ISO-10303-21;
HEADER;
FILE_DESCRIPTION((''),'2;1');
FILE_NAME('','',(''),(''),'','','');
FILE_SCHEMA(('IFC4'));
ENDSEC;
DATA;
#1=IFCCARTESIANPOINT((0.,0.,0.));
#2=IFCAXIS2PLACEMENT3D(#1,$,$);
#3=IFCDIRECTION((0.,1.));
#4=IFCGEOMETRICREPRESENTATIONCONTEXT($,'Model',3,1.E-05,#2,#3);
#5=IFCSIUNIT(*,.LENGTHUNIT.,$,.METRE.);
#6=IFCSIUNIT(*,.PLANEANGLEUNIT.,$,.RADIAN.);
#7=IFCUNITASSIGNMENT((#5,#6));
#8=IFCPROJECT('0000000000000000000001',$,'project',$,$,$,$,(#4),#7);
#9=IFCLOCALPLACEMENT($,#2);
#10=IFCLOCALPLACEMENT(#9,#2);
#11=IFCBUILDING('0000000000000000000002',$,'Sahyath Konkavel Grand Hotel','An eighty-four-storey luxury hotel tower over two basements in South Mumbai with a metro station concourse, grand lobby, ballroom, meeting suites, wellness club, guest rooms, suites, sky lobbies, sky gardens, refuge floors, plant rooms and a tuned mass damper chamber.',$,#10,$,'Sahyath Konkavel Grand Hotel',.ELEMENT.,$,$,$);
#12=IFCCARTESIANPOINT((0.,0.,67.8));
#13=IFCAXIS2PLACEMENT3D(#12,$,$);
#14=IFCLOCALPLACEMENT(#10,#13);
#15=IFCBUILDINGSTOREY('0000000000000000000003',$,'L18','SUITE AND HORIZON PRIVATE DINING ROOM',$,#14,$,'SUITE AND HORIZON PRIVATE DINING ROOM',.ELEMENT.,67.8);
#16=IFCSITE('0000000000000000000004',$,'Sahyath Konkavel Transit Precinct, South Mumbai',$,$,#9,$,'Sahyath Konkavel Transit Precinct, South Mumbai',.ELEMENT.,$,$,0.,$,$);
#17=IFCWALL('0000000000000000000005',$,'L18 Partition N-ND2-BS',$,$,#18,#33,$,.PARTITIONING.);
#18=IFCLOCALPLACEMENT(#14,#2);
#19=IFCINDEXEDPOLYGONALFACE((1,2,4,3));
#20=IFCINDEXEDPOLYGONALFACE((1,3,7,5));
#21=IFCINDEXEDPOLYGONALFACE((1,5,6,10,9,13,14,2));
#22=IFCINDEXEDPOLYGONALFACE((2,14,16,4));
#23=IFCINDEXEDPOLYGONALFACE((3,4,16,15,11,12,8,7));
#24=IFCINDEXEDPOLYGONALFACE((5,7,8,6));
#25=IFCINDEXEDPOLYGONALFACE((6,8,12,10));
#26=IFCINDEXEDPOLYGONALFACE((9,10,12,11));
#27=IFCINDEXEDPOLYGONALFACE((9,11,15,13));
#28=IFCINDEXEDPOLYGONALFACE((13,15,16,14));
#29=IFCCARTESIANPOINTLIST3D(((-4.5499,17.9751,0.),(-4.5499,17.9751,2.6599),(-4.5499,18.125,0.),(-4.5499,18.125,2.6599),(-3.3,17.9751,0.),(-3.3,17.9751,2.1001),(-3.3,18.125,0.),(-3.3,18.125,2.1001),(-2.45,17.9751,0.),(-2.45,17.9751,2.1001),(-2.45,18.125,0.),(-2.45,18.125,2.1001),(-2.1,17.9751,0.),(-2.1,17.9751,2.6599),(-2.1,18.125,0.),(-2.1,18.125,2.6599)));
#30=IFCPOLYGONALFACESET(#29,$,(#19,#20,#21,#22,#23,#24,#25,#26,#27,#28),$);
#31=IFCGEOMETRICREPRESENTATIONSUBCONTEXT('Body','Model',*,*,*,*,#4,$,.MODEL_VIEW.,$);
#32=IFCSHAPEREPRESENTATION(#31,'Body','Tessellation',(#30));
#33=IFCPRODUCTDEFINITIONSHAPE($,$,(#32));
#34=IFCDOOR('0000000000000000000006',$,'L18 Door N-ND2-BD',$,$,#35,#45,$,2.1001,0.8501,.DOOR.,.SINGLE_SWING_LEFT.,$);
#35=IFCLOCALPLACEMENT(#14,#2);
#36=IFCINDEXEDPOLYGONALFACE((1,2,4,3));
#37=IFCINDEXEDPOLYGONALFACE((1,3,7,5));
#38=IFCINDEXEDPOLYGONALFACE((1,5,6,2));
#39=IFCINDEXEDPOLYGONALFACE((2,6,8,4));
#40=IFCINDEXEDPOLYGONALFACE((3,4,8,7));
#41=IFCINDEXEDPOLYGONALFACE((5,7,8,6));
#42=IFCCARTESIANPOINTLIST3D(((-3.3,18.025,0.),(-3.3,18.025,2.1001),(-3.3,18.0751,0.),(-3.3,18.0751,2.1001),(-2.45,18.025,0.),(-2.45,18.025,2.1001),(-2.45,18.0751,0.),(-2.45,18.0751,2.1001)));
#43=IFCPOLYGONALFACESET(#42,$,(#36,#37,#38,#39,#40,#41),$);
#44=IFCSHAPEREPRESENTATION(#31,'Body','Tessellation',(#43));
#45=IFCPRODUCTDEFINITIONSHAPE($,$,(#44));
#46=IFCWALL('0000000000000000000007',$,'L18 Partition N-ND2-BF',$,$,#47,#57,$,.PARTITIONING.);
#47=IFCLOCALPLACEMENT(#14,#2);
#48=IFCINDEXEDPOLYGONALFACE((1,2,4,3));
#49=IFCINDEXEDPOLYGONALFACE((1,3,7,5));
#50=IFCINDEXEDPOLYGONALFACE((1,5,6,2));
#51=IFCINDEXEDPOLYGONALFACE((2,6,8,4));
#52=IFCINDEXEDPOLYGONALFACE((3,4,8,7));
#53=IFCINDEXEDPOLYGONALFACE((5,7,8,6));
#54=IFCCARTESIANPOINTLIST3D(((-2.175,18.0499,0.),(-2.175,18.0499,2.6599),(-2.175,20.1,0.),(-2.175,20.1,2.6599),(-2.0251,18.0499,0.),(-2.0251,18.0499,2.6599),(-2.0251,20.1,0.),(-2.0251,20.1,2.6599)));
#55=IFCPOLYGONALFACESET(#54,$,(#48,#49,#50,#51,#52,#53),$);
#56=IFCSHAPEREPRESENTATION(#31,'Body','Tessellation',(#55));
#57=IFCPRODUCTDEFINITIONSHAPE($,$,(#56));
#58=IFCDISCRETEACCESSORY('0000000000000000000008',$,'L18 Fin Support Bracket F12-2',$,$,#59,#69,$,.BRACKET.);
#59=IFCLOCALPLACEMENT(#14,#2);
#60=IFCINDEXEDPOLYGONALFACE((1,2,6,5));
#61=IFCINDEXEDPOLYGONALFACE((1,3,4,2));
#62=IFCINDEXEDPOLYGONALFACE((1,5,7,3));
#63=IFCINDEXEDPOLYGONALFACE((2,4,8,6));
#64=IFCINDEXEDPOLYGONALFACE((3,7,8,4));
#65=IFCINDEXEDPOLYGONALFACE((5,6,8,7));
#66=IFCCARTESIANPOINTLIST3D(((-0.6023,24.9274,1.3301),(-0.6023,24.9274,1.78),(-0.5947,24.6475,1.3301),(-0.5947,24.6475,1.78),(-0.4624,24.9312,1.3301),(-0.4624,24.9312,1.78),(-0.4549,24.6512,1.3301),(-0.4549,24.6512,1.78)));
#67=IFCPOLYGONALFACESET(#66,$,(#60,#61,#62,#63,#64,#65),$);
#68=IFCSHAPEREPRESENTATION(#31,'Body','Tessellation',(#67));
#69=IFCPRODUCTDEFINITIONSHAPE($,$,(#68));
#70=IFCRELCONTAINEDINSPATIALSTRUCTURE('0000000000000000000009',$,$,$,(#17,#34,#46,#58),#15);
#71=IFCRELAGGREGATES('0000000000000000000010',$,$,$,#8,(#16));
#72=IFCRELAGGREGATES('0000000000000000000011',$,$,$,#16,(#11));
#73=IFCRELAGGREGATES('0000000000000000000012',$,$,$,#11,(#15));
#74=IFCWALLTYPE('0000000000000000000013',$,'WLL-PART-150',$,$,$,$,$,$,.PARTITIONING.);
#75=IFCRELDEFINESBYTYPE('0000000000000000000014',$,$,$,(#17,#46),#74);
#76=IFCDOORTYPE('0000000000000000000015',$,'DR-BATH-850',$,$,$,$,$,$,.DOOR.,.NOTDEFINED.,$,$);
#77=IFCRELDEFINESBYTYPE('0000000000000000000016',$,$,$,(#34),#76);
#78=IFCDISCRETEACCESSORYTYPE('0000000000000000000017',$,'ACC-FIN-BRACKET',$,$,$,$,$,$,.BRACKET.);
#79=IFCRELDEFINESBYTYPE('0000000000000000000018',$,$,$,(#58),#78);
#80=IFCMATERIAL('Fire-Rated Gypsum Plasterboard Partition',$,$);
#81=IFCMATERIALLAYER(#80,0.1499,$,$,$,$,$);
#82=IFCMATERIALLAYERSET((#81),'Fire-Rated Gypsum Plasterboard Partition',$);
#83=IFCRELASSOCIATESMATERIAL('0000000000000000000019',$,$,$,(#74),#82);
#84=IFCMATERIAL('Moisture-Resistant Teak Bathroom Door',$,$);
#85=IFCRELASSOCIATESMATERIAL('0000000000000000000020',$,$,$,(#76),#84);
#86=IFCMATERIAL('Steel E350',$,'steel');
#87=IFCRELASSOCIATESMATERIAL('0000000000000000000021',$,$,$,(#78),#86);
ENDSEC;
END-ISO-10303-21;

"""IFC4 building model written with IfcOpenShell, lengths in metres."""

from ifc_helpers import new_model, si_unit, direction, frame, frame_2d, origin, origin_2d, place, context, subcontext, project, spatial, rectangle, extrude, source, transform, mapped, material, layer, layer_set, type_object, element, fill, save


model = new_model("IFC4")

# Units and contexts
model_context = context("Model", 3, precision=1e-05, world=origin(), true_north=direction((0.0, 1.0)))
body_context = subcontext(model_context, "Body", "Model", "MODEL_VIEW")
ifc_project = project(units=[si_unit("LENGTHUNIT", "METRE"), si_unit("PLANEANGLEUNIT", "RADIAN")], contexts=[model_context])

# Site, building, storey
site_placement = place(None, origin())
site = spatial("IfcSite", under=ifc_project, at=site_placement, Name="Sahyath Konkavel Transit Precinct, South Mumbai", LongName="Sahyath Konkavel Transit Precinct, South Mumbai", CompositionType="ELEMENT", RefElevation=0.0)
building_placement = place(site_placement, origin())
building = spatial("IfcBuilding", under=site, at=building_placement, Name="Sahyath Konkavel Grand Hotel", Description="An eighty-four-storey luxury hotel tower over two basements in South Mumbai with a metro station concourse, grand lobby, ballroom, meeting suites, wellness club, guest rooms, suites, sky lobbies, sky gardens, refuge floors, plant rooms and a tuned mass damper chamber.", LongName="Sahyath Konkavel Grand Hotel", CompositionType="ELEMENT")
storey_placement = place(building_placement, frame((0.0, 0.0, 67.8)))
storey = spatial("IfcBuildingStorey", under=building, at=storey_placement, Name="L18", Description="SUITE AND HORIZON PRIVATE DINING ROOM", LongName="SUITE AND HORIZON PRIVATE DINING ROOM", CompositionType="ELEMENT", Elevation=67.8)

# Shared definitions
ifc_material_1 = material(Name="Steel E350", Category="steel")

# Wall, opening, door
ifc_material_2 = material(Name="Fire-Rated Gypsum Plasterboard Partition")
ifc_layer_1 = layer(ifc_material_2, 0.1499)
ifc_layer_set_1 = layer_set([ifc_layer_1], Name="Fire-Rated Gypsum Plasterboard Partition")
wall_type_1 = type_object("IfcWallType", Name="WLL-PART-150", PredefinedType="PARTITIONING", material=ifc_layer_set_1)
wall_1_placement = place(storey_placement, frame((-4.55, 18.05, 0.0), z_axis=(0.0, 0.0, 1.0), x_axis=(1.0, 0.0, 0.0)))
wall_1 = element("IfcWall", 1, at=wall_1_placement, inside=storey, type_object=wall_type_1, Name="L18 Partition N-ND2-BS", PredefinedType="PARTITIONING", context=body_context, shape_type="SweptSolid", body=[
    extrude(rectangle(XDim=2.45, YDim=0.1499, at=frame_2d((1.2251, 0.0))), origin(), (0.0, 0.0, 1.0), 2.6599),
])
opening_placement = place(wall_1_placement, frame((1.25, 0.0, 0.0)))
opening = element("IfcOpeningElement", 2, at=opening_placement, cuts=wall_1, PredefinedType="OPENING", context=body_context, shape_type="SweptSolid", body=[
    extrude(rectangle(XDim=0.8501, YDim=2.1001, at=frame_2d((0.425, 1.05))), frame((0.0, 0.085, 0.0), z_axis=(0.0, -1.0, 0.0), x_axis=(1.0, 0.0, 0.0)), (0.0, 0.0, 1.0), 0.1699),
])
ifc_material_3 = material(Name="Moisture-Resistant Teak Bathroom Door")
door_type = type_object("IfcDoorType", Name="DR-BATH-850", OperationType="NOTDEFINED", PredefinedType="DOOR", material=ifc_material_3)
shared_shape_1 = source(origin(), body_context, "Body", "SweptSolid", [
    extrude(rectangle(XDim=0.8501, YDim=0.05, at=origin_2d()), origin(), (0.0, 0.0, 1.0), 2.1001),
])
door_placement = place(opening_placement, frame((0.425, 0.0, 0.0)))
door = element("IfcDoor", 3, at=door_placement, inside=storey, type_object=door_type, Name="L18 Door N-ND2-BD", OperationType="SINGLE_SWING_LEFT", OverallHeight=2.1001, OverallWidth=0.8501, PredefinedType="DOOR", context=body_context, shape_type="MappedRepresentation", body=[
    mapped(shared_shape_1, transform((0.0, 0.0, 0.0), scale=1.0)),
])
fill(opening, door)

# Wall
wall_2_placement = place(storey_placement, frame((-2.1001, 18.05, 0.0), z_axis=(0.0, 0.0, 1.0), x_axis=(0.0, 1.0, 0.0)))
element("IfcWall", 4, at=wall_2_placement, inside=storey, type_object=wall_type_1, Name="L18 Partition N-ND2-BF", PredefinedType="PARTITIONING", context=body_context, shape_type="SweptSolid", body=[
    extrude(rectangle(XDim=2.05, YDim=0.1499, at=frame_2d((1.0249, 0.0))), origin(), (0.0, 0.0, 1.0), 2.6599),
])

# Discrete accessory
discrete_accessory_type = type_object("IfcDiscreteAccessoryType", Name="ACC-FIN-BRACKET", PredefinedType="BRACKET", material=ifc_material_1)
shared_shape_2 = source(origin(), body_context, "Body", "SweptSolid", [
    extrude(rectangle(XDim=0.28, YDim=0.1399, at=origin_2d()), origin(), (0.0, 0.0, 1.0), 0.45),
])
discrete_accessory_placement = place(storey_placement, frame((-0.5286, 24.7893, 1.3301), z_axis=(0.0, 0.0, 1.0), x_axis=(-0.02691, 0.999638, 0.0)))
element("IfcDiscreteAccessory", 5, at=discrete_accessory_placement, inside=storey, type_object=discrete_accessory_type, Name="L18 Fin Support Bracket F12-2", PredefinedType="BRACKET", context=body_context, shape_type="MappedRepresentation", body=[
    mapped(shared_shape_2, transform((0.0, 0.0, 0.0), scale=1.0)),
])

save(model, "model.ifc")
